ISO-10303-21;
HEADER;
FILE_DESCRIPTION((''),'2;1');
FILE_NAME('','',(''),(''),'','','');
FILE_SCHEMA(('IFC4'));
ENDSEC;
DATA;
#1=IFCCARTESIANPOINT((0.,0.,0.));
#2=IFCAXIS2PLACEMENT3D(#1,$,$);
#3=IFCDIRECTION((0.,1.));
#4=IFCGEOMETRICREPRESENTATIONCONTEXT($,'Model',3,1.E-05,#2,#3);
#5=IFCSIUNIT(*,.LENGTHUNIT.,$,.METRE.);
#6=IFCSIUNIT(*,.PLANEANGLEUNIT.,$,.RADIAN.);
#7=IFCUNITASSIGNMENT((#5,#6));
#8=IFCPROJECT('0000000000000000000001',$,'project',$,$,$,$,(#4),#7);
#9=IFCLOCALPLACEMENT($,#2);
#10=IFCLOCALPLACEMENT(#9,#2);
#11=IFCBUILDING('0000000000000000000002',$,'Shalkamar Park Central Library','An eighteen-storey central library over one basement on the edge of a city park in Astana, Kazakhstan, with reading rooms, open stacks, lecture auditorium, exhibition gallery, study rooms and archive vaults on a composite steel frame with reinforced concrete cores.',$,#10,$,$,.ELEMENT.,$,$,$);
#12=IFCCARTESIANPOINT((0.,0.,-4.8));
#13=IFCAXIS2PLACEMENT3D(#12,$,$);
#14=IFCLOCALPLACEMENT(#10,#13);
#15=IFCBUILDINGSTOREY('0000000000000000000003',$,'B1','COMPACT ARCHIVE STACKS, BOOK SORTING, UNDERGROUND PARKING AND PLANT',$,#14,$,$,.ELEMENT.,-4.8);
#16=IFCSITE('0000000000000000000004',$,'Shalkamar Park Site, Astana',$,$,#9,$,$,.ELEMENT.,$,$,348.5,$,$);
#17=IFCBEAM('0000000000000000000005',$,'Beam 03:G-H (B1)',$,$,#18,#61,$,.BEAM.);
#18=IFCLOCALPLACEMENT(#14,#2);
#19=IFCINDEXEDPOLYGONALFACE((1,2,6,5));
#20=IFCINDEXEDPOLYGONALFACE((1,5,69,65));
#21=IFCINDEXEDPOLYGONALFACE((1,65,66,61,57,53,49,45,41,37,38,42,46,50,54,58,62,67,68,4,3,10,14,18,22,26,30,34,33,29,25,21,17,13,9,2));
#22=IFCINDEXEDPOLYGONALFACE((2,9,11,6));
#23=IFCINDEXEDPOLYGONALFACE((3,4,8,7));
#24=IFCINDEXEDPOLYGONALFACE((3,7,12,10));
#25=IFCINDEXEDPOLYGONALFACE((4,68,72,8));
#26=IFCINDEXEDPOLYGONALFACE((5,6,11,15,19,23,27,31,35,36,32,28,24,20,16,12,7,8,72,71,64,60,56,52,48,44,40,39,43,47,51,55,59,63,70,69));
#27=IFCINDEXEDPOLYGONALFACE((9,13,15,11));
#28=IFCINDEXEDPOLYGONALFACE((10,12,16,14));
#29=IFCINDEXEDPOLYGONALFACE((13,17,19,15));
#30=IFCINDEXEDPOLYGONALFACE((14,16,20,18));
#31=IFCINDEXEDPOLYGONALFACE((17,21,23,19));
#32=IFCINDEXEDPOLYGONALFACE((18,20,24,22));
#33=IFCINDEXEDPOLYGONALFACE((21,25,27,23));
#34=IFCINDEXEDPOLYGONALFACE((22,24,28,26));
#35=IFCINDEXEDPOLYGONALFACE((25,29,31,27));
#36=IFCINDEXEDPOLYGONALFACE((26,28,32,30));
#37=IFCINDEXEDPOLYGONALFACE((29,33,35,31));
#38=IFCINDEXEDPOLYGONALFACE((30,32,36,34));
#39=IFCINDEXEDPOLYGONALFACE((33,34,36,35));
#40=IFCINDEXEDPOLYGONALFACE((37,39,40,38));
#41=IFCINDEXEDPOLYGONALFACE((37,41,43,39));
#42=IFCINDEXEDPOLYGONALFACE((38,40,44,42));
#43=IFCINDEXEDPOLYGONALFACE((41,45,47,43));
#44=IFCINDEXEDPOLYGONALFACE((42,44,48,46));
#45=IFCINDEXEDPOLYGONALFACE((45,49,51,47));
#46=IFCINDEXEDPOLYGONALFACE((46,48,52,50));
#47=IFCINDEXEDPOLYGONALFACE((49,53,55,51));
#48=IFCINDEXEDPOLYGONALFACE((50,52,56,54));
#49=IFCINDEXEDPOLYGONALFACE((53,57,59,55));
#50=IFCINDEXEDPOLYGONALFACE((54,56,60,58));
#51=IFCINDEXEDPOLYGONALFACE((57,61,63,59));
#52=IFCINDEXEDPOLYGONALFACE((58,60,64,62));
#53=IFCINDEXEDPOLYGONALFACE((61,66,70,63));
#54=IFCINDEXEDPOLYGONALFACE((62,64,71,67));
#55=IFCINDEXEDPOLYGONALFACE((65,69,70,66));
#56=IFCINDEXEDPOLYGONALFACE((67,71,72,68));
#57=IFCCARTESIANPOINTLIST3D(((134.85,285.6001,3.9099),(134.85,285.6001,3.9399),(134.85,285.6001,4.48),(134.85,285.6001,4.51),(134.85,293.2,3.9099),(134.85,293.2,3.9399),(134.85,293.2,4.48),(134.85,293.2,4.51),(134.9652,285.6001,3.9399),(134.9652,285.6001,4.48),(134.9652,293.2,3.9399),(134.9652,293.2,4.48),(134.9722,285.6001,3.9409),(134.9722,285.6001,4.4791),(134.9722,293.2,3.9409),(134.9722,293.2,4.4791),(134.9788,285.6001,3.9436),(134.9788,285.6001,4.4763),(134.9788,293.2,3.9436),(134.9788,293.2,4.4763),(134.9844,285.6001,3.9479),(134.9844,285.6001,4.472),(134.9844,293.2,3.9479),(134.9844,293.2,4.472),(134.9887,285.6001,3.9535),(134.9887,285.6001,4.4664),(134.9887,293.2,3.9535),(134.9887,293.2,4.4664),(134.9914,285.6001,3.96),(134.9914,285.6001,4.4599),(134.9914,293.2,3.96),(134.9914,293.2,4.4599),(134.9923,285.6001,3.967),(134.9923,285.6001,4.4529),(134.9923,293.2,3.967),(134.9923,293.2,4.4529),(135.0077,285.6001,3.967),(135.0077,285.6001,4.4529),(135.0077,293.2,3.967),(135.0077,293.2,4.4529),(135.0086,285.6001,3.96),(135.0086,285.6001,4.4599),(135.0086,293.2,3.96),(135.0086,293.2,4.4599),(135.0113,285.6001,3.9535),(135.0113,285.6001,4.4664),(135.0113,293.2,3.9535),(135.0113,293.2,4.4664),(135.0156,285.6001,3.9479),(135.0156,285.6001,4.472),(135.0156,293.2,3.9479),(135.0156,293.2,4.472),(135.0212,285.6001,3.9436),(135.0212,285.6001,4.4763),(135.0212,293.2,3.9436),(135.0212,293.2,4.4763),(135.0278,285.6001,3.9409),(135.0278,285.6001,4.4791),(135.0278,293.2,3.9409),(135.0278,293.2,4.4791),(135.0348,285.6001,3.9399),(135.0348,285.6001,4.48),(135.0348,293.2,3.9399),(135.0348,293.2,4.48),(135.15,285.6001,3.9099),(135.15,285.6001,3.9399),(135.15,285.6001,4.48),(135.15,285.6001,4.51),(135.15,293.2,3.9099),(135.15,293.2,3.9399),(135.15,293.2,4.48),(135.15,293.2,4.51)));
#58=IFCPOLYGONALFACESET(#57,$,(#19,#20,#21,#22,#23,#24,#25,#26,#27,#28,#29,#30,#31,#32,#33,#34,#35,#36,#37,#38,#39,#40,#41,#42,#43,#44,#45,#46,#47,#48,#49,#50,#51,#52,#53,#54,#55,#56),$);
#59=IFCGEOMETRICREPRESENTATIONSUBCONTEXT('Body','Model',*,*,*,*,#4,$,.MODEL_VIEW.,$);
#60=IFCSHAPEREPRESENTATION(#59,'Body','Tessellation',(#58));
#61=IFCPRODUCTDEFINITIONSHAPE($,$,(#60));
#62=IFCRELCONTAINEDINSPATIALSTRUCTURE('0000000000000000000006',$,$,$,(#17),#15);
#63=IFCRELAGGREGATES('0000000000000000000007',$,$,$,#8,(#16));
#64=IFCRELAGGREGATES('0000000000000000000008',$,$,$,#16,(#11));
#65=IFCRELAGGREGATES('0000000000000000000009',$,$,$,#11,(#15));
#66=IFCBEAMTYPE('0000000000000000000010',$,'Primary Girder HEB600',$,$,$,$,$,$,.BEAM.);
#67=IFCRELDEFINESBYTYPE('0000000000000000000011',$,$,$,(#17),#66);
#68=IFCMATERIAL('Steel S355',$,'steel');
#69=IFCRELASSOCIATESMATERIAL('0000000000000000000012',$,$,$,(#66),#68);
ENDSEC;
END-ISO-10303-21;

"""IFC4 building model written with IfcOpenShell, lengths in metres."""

from ifc_helpers import new_model, si_unit, direction, frame, origin, origin_2d, place, context, subcontext, project, spatial, i_section, extrude, material, material_profile, profile_set, type_object, element, save


model = new_model("IFC4")

# Units and contexts
model_context = context("Model", 3, precision=1e-05, world=origin(), true_north=direction((0.0, 1.0)))
body_context = subcontext(model_context, "Body", "Model", "MODEL_VIEW")
ifc_project = project(units=[si_unit("LENGTHUNIT", "METRE"), si_unit("PLANEANGLEUNIT", "RADIAN")], contexts=[model_context])

# Site, building, storey
site_placement = place(None, origin())
site = spatial("IfcSite", under=ifc_project, at=site_placement, Name="Shalkamar Park Site, Astana", CompositionType="ELEMENT", RefElevation=348.5)
building_placement = place(site_placement, origin())
building = spatial("IfcBuilding", under=site, at=building_placement, Name="Shalkamar Park Central Library", Description="An eighteen-storey central library over one basement on the edge of a city park in Astana, Kazakhstan, with reading rooms, open stacks, lecture auditorium, exhibition gallery, study rooms and archive vaults on a composite steel frame with reinforced concrete cores.", CompositionType="ELEMENT")
storey_placement = place(building_placement, frame((0.0, 0.0, -4.8)))
storey = spatial("IfcBuildingStorey", under=building, at=storey_placement, Name="B1", Description="COMPACT ARCHIVE STACKS, BOOK SORTING, UNDERGROUND PARKING AND PLANT", CompositionType="ELEMENT", Elevation=-4.8)

# Shared definitions
ifc_material_1 = material(Name="Steel S355", Category="steel")

# Beam
ifc_material_profile_1 = material_profile(ifc_material_1, i_section(OverallWidth=0.3, OverallDepth=0.6001, WebThickness=0.0154, FlangeThickness=0.03, FilletRadius=0.0271, at=origin_2d()), Name="HEB 600")
ifc_profile_set_1 = profile_set([ifc_material_profile_1], Name="Steel S355")
beam_type = type_object("IfcBeamType", Name="Primary Girder HEB600", PredefinedType="BEAM", material=ifc_profile_set_1)
beam_1_placement = place(storey_placement, frame((135.0, 285.6001, 4.21), z_axis=(0.0, 1.0, 0.0), x_axis=(-1.0, 0.0, 0.0)))
element("IfcBeam", 1, at=beam_1_placement, inside=storey, type_object=beam_type, Name="Beam 03:G-H (B1)", PredefinedType="BEAM", context=body_context, shape_type="SweptSolid", body=[
    extrude(i_section(OverallWidth=0.3, OverallDepth=0.6001, WebThickness=0.0154, FlangeThickness=0.03, FilletRadius=0.0271, at=origin_2d()), origin(), (0.0, 0.0, 1.0), 7.5999),
])

save(model, "model.ifc")
